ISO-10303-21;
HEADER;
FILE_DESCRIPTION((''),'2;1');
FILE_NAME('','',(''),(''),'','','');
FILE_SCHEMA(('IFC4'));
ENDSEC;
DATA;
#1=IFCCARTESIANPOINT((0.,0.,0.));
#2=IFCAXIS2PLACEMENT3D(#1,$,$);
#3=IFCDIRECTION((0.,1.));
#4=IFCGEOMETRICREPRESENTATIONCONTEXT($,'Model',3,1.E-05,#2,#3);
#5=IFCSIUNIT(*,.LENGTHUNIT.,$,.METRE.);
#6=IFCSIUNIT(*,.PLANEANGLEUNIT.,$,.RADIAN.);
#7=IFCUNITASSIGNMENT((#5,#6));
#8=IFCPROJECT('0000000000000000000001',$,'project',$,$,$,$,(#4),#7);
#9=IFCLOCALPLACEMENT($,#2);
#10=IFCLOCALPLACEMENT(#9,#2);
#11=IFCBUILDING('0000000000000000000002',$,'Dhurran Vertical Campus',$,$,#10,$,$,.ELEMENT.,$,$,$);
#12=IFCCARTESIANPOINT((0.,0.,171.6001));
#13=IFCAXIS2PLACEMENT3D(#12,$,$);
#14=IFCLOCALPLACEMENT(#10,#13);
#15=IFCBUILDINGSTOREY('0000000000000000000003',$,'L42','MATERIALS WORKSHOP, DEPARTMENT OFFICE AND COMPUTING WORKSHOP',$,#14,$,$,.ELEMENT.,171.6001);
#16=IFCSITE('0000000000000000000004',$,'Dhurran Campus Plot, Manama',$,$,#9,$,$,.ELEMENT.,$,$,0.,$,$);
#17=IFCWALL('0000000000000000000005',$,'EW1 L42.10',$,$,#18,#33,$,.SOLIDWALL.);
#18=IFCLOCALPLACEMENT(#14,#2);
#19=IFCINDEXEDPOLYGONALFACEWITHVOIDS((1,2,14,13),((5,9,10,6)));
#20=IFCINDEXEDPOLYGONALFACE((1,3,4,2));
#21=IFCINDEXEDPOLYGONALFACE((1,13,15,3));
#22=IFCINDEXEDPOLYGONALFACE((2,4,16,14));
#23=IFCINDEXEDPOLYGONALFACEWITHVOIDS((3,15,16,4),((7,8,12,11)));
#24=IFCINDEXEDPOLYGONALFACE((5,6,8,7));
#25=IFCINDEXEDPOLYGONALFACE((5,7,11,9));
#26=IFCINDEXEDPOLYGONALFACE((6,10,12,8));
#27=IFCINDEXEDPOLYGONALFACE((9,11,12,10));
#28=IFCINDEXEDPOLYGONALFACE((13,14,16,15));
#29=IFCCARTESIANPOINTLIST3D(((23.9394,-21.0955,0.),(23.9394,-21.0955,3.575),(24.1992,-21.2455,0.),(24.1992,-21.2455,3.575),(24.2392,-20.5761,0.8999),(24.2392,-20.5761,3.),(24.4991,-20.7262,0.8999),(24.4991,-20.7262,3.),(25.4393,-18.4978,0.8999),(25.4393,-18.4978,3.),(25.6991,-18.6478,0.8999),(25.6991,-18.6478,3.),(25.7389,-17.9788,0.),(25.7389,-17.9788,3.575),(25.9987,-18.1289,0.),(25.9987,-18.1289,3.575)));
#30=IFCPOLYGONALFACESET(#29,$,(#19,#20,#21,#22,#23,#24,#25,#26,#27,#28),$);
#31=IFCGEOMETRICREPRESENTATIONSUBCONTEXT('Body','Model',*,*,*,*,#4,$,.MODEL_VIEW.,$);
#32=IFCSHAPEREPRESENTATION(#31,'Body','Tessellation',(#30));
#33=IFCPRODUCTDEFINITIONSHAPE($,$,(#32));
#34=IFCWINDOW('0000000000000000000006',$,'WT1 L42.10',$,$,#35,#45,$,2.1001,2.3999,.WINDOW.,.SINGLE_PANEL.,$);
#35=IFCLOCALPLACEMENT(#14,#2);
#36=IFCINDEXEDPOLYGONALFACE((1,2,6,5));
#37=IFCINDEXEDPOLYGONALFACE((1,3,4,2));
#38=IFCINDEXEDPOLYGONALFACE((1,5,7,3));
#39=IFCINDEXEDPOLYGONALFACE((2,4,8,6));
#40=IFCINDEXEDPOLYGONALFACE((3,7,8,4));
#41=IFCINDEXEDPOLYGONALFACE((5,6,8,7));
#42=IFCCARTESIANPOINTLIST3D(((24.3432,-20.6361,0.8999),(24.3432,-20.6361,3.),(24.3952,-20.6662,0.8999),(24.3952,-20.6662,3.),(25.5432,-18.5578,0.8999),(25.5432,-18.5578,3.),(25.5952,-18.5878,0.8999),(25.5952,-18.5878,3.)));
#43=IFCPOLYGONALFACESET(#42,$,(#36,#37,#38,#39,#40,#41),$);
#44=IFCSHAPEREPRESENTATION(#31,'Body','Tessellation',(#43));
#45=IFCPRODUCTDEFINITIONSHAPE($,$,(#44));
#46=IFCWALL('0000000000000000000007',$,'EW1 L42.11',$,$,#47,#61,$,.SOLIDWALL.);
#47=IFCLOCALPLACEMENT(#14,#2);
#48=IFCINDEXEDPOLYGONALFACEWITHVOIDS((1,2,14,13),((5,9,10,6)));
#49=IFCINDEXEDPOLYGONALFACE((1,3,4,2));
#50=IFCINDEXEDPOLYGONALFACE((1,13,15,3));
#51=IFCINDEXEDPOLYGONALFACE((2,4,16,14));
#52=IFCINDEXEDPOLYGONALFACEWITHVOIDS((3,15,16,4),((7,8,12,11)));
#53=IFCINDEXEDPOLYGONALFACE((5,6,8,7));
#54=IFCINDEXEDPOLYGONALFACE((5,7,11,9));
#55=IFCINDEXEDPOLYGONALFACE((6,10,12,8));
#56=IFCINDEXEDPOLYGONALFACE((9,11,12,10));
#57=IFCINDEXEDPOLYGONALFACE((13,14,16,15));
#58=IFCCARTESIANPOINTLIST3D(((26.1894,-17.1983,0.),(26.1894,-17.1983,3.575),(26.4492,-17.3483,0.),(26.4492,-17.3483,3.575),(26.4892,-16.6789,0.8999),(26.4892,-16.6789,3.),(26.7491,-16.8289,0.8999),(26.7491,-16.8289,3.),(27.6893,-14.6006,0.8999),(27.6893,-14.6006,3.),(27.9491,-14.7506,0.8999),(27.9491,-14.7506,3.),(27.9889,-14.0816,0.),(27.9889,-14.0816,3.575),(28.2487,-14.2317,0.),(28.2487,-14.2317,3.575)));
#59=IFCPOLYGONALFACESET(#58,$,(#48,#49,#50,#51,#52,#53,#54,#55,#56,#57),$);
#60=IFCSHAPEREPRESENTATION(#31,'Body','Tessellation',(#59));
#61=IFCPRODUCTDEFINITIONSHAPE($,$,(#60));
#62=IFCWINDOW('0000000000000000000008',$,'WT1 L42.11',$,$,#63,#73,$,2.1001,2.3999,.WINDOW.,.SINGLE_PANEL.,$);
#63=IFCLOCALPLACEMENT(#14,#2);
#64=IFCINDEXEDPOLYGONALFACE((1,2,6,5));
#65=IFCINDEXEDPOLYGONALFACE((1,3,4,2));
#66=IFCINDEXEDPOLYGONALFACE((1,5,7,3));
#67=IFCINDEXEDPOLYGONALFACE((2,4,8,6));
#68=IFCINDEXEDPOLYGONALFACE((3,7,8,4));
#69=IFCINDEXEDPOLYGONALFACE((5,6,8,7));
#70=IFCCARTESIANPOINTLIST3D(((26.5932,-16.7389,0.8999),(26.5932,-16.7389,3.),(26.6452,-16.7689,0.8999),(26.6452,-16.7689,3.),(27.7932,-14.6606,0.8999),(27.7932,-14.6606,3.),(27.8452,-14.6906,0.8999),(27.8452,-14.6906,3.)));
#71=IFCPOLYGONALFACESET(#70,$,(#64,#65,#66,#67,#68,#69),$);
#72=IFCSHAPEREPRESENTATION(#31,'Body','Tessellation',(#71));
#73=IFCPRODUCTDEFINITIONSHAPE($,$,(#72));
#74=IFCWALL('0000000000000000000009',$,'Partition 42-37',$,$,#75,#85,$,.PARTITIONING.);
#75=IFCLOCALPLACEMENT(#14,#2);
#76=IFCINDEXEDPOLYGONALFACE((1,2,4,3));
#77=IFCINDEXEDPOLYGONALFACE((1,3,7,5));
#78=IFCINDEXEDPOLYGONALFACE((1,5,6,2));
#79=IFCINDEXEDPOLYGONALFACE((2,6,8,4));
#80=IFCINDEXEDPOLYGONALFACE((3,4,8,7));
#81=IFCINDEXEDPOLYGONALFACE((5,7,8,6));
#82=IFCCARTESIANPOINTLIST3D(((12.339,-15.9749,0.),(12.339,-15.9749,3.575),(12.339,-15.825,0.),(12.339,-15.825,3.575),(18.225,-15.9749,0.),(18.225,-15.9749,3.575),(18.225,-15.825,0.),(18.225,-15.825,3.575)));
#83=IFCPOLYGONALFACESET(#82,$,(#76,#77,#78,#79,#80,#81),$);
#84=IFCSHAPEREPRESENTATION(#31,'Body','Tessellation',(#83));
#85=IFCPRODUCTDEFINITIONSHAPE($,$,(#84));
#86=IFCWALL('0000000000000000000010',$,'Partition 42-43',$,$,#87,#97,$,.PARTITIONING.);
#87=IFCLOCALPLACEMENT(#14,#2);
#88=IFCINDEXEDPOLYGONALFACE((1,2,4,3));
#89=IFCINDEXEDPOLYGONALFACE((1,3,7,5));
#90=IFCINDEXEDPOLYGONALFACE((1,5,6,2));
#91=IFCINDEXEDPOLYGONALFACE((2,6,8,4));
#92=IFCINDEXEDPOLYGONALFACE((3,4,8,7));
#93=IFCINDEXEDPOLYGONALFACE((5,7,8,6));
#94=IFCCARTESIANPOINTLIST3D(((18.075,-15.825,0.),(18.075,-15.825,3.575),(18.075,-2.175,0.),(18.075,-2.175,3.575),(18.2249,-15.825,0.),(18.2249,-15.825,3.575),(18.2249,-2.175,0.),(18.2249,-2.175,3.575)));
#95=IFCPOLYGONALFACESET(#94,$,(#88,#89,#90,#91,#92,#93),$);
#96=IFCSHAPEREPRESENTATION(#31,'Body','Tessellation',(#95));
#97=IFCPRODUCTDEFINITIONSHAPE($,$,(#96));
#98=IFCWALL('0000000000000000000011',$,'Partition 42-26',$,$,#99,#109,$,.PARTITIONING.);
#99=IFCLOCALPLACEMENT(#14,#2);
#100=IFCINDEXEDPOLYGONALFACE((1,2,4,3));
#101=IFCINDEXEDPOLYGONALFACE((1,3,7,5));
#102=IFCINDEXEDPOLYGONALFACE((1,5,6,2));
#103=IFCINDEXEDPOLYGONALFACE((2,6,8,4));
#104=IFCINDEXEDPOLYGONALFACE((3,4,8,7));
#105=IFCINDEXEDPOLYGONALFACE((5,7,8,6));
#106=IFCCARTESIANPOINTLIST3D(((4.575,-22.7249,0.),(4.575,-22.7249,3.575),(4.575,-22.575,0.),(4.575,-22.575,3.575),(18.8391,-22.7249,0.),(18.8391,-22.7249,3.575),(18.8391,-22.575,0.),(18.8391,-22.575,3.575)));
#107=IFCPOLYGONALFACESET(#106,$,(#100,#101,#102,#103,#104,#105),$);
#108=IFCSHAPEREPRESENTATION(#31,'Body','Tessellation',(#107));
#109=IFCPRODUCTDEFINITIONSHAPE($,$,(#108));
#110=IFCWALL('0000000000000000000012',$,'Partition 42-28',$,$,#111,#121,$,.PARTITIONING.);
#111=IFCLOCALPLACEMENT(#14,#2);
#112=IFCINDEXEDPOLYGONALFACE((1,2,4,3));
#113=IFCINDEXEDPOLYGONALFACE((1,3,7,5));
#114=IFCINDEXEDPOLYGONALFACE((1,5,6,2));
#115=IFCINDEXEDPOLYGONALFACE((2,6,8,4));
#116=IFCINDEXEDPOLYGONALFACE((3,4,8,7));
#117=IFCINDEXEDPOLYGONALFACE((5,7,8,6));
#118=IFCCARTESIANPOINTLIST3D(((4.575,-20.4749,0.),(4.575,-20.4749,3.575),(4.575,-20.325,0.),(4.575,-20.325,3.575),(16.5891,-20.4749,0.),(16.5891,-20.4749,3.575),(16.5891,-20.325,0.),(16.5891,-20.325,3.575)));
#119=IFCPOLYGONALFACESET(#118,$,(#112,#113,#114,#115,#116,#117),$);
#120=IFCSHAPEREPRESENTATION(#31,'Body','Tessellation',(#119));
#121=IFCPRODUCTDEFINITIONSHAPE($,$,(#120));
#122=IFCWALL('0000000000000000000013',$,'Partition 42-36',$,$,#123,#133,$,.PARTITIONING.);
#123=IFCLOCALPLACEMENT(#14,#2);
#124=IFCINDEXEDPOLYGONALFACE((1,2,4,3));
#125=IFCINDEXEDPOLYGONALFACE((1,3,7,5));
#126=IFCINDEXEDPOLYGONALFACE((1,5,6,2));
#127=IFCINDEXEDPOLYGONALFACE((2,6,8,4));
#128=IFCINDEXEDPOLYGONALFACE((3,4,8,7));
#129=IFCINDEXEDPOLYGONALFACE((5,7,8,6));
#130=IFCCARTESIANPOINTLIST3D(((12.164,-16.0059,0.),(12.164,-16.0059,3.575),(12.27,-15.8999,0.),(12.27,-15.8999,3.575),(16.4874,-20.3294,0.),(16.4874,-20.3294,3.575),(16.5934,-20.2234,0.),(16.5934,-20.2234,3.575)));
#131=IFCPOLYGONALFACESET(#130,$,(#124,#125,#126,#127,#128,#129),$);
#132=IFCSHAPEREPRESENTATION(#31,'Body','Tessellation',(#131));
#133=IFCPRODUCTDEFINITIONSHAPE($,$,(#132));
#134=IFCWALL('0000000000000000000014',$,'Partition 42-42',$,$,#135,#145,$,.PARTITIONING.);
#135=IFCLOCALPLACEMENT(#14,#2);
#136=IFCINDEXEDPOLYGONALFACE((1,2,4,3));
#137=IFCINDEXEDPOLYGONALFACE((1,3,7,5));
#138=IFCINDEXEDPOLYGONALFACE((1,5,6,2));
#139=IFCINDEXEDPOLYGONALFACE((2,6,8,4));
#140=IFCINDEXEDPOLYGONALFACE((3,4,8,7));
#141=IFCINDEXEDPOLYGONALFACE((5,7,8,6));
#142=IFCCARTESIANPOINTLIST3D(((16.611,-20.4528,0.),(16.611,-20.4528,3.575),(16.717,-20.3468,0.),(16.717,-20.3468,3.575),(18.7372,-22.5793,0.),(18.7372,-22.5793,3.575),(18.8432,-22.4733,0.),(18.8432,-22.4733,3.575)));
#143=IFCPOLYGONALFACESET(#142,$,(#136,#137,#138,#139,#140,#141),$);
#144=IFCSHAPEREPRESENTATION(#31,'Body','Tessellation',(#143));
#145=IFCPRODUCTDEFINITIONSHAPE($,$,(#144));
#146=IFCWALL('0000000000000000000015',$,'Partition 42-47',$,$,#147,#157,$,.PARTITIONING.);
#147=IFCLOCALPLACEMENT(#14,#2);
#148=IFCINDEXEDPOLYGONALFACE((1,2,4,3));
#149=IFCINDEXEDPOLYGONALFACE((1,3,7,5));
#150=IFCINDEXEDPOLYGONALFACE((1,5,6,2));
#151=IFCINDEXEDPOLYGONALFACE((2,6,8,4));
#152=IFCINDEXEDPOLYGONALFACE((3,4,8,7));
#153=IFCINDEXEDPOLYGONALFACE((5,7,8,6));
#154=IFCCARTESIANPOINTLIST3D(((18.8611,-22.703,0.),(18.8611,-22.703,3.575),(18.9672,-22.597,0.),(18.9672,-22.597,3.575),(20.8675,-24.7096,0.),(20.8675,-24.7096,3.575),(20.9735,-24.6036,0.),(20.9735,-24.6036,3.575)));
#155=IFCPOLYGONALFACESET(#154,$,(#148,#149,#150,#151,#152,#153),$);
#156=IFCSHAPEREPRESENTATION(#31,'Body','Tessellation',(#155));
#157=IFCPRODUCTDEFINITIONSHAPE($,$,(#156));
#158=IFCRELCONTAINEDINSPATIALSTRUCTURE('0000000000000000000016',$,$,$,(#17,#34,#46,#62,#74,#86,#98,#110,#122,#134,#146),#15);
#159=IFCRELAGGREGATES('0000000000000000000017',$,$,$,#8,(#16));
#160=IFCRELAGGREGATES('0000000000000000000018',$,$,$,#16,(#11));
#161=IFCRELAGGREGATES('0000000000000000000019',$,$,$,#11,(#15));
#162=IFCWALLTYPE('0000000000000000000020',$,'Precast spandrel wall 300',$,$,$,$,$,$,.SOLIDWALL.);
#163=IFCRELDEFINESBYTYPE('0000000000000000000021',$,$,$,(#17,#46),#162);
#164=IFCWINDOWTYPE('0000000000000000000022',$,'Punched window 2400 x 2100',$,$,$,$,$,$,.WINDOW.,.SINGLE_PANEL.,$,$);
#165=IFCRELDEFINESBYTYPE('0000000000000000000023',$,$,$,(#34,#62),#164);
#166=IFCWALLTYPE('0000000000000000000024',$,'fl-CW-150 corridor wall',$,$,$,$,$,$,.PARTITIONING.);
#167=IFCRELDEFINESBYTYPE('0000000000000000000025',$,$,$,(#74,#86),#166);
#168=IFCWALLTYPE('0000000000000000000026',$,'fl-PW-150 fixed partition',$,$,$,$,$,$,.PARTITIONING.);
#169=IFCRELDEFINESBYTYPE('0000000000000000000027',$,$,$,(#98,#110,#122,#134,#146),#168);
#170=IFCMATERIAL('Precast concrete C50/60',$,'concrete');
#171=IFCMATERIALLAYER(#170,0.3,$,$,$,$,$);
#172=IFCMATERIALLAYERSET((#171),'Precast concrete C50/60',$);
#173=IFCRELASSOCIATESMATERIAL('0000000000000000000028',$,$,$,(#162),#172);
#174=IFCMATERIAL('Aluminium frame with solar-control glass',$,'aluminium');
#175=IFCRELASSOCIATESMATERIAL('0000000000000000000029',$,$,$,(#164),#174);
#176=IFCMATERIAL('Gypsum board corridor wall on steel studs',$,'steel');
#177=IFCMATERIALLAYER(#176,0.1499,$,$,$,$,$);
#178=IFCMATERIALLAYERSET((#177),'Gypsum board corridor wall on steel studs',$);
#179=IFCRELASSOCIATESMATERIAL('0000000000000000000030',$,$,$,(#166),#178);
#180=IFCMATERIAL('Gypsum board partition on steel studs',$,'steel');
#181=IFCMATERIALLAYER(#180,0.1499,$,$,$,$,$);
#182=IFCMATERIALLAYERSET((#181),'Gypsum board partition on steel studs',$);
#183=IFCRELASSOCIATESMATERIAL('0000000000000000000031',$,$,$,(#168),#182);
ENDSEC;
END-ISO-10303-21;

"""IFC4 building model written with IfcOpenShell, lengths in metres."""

from ifc_helpers import new_model, si_unit, direction, frame, frame_2d, origin, place, context, subcontext, project, spatial, rectangle, extrude, material, layer, layer_set, type_object, element, fill, save


model = new_model("IFC4")

# Units and contexts
model_context = context("Model", 3, precision=1e-05, world=origin(), true_north=direction((0.0, 1.0)))
body_context = subcontext(model_context, "Body", "Model", "MODEL_VIEW")
ifc_project = project(units=[si_unit("LENGTHUNIT", "METRE"), si_unit("PLANEANGLEUNIT", "RADIAN")], contexts=[model_context])

# Site, building, storey
site_placement = place(None, origin())
site = spatial("IfcSite", under=ifc_project, at=site_placement, Name="Dhurran Campus Plot, Manama", CompositionType="ELEMENT", RefElevation=0.0)
building_placement = place(site_placement, origin())
building = spatial("IfcBuilding", under=site, at=building_placement, Name="Dhurran Vertical Campus", CompositionType="ELEMENT")
storey_placement = place(building_placement, frame((0.0, 0.0, 171.6001)))
storey = spatial("IfcBuildingStorey", under=building, at=storey_placement, Name="L42", Description="MATERIALS WORKSHOP, DEPARTMENT OFFICE AND COMPUTING WORKSHOP", CompositionType="ELEMENT", Elevation=171.6001)

# Walls, openings, windows
ifc_material_1 = material(Name="Precast concrete C50/60", Category="concrete")
ifc_layer_1 = layer(ifc_material_1, 0.3)
ifc_layer_set_1 = layer_set([ifc_layer_1], Name="Precast concrete C50/60")
wall_type_1 = type_object("IfcWallType", Name="Precast spandrel wall 300", PredefinedType="SOLIDWALL", material=ifc_layer_set_1)
ifc_material_2 = material(Name="Aluminium frame with solar-control glass", Category="aluminium")
window_type = type_object("IfcWindowType", Name="Punched window 2400 x 2100", PartitioningType="SINGLE_PANEL", PredefinedType="WINDOW", material=ifc_material_2)
wall_1_placement = place(storey_placement, frame((24.0693, -21.1704, 0.0), z_axis=(0.0, 0.0, 1.0), x_axis=(0.500028, 0.866009, 0.0)))
wall_1 = element("IfcWall", 1, at=wall_1_placement, inside=storey, type_object=wall_type_1, Name="EW1 L42.10", PredefinedType="SOLIDWALL", context=body_context, shape_type="SweptSolid", body=[
    extrude(rectangle(XDim=3.5989, YDim=0.3, at=frame_2d((1.7993, 0.0))), origin(), (0.0, 0.0, 1.0), 3.575),
])
opening_1_placement = place(wall_1_placement, frame((0.5996, 0.0, 0.8999)))
opening_1 = element("IfcOpeningElement", 2, at=opening_1_placement, cuts=wall_1, PredefinedType="OPENING", context=body_context, shape_type="SweptSolid", body=[
    extrude(rectangle(XDim=2.3999, YDim=2.1001, at=frame_2d((1.2, 1.05))), frame((0.0, 0.1599, 0.0), z_axis=(0.0, -1.0, 0.0), x_axis=(1.0, 0.0, 0.0)), (0.0, 0.0, 1.0), 0.3201),
])
window_1_placement = place(opening_1_placement, origin())
window_1 = element("IfcWindow", 3, at=window_1_placement, inside=storey, type_object=window_type, Name="WT1 L42.10", OverallHeight=2.1001, OverallWidth=2.3999, PartitioningType="SINGLE_PANEL", PredefinedType="WINDOW", context=body_context, shape_type="SweptSolid", body=[
    extrude(rectangle(XDim=2.3999, YDim=2.1001, at=frame_2d((1.2, 1.05))), frame((0.0, 0.03, 0.0), z_axis=(0.0, -1.0, 0.0), x_axis=(1.0, 0.0, 0.0)), (0.0, 0.0, 1.0), 0.0601),
])
fill(opening_1, window_1)
wall_2_placement = place(storey_placement, frame((26.3193, -17.2732, 0.0), z_axis=(0.0, 0.0, 1.0), x_axis=(0.500028, 0.866009, 0.0)))
wall_2 = element("IfcWall", 4, at=wall_2_placement, inside=storey, type_object=wall_type_1, Name="EW1 L42.11", PredefinedType="SOLIDWALL", context=body_context, shape_type="SweptSolid", body=[
    extrude(rectangle(XDim=3.5989, YDim=0.3, at=frame_2d((1.7993, 0.0))), origin(), (0.0, 0.0, 1.0), 3.575),
])
opening_2_placement = place(wall_2_placement, frame((0.5996, 0.0, 0.8999)))
opening_2 = element("IfcOpeningElement", 5, at=opening_2_placement, cuts=wall_2, PredefinedType="OPENING", context=body_context, shape_type="SweptSolid", body=[
    extrude(rectangle(XDim=2.3999, YDim=2.1001, at=frame_2d((1.2, 1.05))), frame((0.0, 0.1599, 0.0), z_axis=(0.0, -1.0, 0.0), x_axis=(1.0, 0.0, 0.0)), (0.0, 0.0, 1.0), 0.3201),
])
window_2_placement = place(opening_2_placement, origin())
window_2 = element("IfcWindow", 6, at=window_2_placement, inside=storey, type_object=window_type, Name="WT1 L42.11", OverallHeight=2.1001, OverallWidth=2.3999, PartitioningType="SINGLE_PANEL", PredefinedType="WINDOW", context=body_context, shape_type="SweptSolid", body=[
    extrude(rectangle(XDim=2.3999, YDim=2.1001, at=frame_2d((1.2, 1.05))), frame((0.0, 0.03, 0.0), z_axis=(0.0, -1.0, 0.0), x_axis=(1.0, 0.0, 0.0)), (0.0, 0.0, 1.0), 0.0601),
])
fill(opening_2, window_2)

# Walls
ifc_material_3 = material(Name="Gypsum board corridor wall on steel studs", Category="steel")
ifc_layer_2 = layer(ifc_material_3, 0.1499)
ifc_layer_set_2 = layer_set([ifc_layer_2], Name="Gypsum board corridor wall on steel studs")
wall_type_2 = type_object("IfcWallType", Name="fl-CW-150 corridor wall", PredefinedType="PARTITIONING", material=ifc_layer_set_2)
wall_3_placement = place(storey_placement, frame((12.3391, -15.8999, 0.0), z_axis=(0.0, 0.0, 1.0), x_axis=(1.0, 0.0, 0.0)))
element("IfcWall", 7, at=wall_3_placement, inside=storey, type_object=wall_type_2, Name="Partition 42-37", PredefinedType="PARTITIONING", context=body_context, shape_type="SweptSolid", body=[
    extrude(rectangle(XDim=5.886, YDim=0.1499, at=frame_2d((2.9429, 0.0))), origin(), (0.0, 0.0, 1.0), 3.575),
])
wall_4_placement = place(storey_placement, frame((18.1499, -15.825, 0.0), z_axis=(0.0, 0.0, 1.0), x_axis=(0.0, 1.0, 0.0)))
element("IfcWall", 8, at=wall_4_placement, inside=storey, type_object=wall_type_2, Name="Partition 42-43", PredefinedType="PARTITIONING", context=body_context, shape_type="SweptSolid", body=[
    extrude(rectangle(XDim=13.6499, YDim=0.1499, at=frame_2d((6.825, 0.0))), origin(), (0.0, 0.0, 1.0), 3.575),
])
ifc_material_4 = material(Name="Gypsum board partition on steel studs", Category="steel")
ifc_layer_3 = layer(ifc_material_4, 0.1499)
ifc_layer_set_3 = layer_set([ifc_layer_3], Name="Gypsum board partition on steel studs")
wall_type_3 = type_object("IfcWallType", Name="fl-PW-150 fixed partition", PredefinedType="PARTITIONING", material=ifc_layer_set_3)
wall_5_placement = place(storey_placement, frame((18.8391, -22.6499, 0.0), z_axis=(0.0, 0.0, 1.0), x_axis=(-1.0, 0.0, 0.0)))
element("IfcWall", 9, at=wall_5_placement, inside=storey, type_object=wall_type_3, Name="Partition 42-26", PredefinedType="PARTITIONING", context=body_context, shape_type="SweptSolid", body=[
    extrude(rectangle(XDim=14.2642, YDim=0.1499, at=frame_2d((7.1321, 0.0))), origin(), (0.0, 0.0, 1.0), 3.575),
])
wall_6_placement = place(storey_placement, frame((16.5891, -20.3999, 0.0), z_axis=(0.0, 0.0, 1.0), x_axis=(-1.0, 0.0, 0.0)))
element("IfcWall", 10, at=wall_6_placement, inside=storey, type_object=wall_type_3, Name="Partition 42-28", PredefinedType="PARTITIONING", context=body_context, shape_type="SweptSolid", body=[
    extrude(rectangle(XDim=12.0142, YDim=0.1499, at=frame_2d((6.0071, 0.0))), origin(), (0.0, 0.0, 1.0), 3.575),
])
wall_7_placement = place(storey_placement, frame((12.217, -15.9529, 0.0), z_axis=(0.0, 0.0, 1.0), x_axis=(0.707087, -0.707127, 0.0)))
element("IfcWall", 11, at=wall_7_placement, inside=storey, type_object=wall_type_3, Name="Partition 42-36", PredefinedType="PARTITIONING", context=body_context, shape_type="SweptSolid", body=[
    extrude(rectangle(XDim=6.1143, YDim=0.1499, at=frame_2d((3.0571, 0.0))), origin(), (0.0, 0.0, 1.0), 3.575),
])
wall_8_placement = place(storey_placement, frame((16.6641, -20.3999, 0.0), z_axis=(0.0, 0.0, 1.0), x_axis=(0.707066, -0.707147, 0.0)))
element("IfcWall", 12, at=wall_8_placement, inside=storey, type_object=wall_type_3, Name="Partition 42-42", PredefinedType="PARTITIONING", context=body_context, shape_type="SweptSolid", body=[
    extrude(rectangle(XDim=3.0071, YDim=0.1499, at=frame_2d((1.5034, 0.0))), origin(), (0.0, 0.0, 1.0), 3.575),
])
wall_9_placement = place(storey_placement, frame((18.9141, -22.6499, 0.0), z_axis=(0.0, 0.0, 1.0), x_axis=(0.707064, -0.70715, 0.0)))
element("IfcWall", 13, at=wall_9_placement, inside=storey, type_object=wall_type_3, Name="Partition 42-47", PredefinedType="PARTITIONING", context=body_context, shape_type="SweptSolid", body=[
    extrude(rectangle(XDim=2.8376, YDim=0.1499, at=frame_2d((1.4189, 0.0))), origin(), (0.0, 0.0, 1.0), 3.575),
])

save(model, "model.ifc")
